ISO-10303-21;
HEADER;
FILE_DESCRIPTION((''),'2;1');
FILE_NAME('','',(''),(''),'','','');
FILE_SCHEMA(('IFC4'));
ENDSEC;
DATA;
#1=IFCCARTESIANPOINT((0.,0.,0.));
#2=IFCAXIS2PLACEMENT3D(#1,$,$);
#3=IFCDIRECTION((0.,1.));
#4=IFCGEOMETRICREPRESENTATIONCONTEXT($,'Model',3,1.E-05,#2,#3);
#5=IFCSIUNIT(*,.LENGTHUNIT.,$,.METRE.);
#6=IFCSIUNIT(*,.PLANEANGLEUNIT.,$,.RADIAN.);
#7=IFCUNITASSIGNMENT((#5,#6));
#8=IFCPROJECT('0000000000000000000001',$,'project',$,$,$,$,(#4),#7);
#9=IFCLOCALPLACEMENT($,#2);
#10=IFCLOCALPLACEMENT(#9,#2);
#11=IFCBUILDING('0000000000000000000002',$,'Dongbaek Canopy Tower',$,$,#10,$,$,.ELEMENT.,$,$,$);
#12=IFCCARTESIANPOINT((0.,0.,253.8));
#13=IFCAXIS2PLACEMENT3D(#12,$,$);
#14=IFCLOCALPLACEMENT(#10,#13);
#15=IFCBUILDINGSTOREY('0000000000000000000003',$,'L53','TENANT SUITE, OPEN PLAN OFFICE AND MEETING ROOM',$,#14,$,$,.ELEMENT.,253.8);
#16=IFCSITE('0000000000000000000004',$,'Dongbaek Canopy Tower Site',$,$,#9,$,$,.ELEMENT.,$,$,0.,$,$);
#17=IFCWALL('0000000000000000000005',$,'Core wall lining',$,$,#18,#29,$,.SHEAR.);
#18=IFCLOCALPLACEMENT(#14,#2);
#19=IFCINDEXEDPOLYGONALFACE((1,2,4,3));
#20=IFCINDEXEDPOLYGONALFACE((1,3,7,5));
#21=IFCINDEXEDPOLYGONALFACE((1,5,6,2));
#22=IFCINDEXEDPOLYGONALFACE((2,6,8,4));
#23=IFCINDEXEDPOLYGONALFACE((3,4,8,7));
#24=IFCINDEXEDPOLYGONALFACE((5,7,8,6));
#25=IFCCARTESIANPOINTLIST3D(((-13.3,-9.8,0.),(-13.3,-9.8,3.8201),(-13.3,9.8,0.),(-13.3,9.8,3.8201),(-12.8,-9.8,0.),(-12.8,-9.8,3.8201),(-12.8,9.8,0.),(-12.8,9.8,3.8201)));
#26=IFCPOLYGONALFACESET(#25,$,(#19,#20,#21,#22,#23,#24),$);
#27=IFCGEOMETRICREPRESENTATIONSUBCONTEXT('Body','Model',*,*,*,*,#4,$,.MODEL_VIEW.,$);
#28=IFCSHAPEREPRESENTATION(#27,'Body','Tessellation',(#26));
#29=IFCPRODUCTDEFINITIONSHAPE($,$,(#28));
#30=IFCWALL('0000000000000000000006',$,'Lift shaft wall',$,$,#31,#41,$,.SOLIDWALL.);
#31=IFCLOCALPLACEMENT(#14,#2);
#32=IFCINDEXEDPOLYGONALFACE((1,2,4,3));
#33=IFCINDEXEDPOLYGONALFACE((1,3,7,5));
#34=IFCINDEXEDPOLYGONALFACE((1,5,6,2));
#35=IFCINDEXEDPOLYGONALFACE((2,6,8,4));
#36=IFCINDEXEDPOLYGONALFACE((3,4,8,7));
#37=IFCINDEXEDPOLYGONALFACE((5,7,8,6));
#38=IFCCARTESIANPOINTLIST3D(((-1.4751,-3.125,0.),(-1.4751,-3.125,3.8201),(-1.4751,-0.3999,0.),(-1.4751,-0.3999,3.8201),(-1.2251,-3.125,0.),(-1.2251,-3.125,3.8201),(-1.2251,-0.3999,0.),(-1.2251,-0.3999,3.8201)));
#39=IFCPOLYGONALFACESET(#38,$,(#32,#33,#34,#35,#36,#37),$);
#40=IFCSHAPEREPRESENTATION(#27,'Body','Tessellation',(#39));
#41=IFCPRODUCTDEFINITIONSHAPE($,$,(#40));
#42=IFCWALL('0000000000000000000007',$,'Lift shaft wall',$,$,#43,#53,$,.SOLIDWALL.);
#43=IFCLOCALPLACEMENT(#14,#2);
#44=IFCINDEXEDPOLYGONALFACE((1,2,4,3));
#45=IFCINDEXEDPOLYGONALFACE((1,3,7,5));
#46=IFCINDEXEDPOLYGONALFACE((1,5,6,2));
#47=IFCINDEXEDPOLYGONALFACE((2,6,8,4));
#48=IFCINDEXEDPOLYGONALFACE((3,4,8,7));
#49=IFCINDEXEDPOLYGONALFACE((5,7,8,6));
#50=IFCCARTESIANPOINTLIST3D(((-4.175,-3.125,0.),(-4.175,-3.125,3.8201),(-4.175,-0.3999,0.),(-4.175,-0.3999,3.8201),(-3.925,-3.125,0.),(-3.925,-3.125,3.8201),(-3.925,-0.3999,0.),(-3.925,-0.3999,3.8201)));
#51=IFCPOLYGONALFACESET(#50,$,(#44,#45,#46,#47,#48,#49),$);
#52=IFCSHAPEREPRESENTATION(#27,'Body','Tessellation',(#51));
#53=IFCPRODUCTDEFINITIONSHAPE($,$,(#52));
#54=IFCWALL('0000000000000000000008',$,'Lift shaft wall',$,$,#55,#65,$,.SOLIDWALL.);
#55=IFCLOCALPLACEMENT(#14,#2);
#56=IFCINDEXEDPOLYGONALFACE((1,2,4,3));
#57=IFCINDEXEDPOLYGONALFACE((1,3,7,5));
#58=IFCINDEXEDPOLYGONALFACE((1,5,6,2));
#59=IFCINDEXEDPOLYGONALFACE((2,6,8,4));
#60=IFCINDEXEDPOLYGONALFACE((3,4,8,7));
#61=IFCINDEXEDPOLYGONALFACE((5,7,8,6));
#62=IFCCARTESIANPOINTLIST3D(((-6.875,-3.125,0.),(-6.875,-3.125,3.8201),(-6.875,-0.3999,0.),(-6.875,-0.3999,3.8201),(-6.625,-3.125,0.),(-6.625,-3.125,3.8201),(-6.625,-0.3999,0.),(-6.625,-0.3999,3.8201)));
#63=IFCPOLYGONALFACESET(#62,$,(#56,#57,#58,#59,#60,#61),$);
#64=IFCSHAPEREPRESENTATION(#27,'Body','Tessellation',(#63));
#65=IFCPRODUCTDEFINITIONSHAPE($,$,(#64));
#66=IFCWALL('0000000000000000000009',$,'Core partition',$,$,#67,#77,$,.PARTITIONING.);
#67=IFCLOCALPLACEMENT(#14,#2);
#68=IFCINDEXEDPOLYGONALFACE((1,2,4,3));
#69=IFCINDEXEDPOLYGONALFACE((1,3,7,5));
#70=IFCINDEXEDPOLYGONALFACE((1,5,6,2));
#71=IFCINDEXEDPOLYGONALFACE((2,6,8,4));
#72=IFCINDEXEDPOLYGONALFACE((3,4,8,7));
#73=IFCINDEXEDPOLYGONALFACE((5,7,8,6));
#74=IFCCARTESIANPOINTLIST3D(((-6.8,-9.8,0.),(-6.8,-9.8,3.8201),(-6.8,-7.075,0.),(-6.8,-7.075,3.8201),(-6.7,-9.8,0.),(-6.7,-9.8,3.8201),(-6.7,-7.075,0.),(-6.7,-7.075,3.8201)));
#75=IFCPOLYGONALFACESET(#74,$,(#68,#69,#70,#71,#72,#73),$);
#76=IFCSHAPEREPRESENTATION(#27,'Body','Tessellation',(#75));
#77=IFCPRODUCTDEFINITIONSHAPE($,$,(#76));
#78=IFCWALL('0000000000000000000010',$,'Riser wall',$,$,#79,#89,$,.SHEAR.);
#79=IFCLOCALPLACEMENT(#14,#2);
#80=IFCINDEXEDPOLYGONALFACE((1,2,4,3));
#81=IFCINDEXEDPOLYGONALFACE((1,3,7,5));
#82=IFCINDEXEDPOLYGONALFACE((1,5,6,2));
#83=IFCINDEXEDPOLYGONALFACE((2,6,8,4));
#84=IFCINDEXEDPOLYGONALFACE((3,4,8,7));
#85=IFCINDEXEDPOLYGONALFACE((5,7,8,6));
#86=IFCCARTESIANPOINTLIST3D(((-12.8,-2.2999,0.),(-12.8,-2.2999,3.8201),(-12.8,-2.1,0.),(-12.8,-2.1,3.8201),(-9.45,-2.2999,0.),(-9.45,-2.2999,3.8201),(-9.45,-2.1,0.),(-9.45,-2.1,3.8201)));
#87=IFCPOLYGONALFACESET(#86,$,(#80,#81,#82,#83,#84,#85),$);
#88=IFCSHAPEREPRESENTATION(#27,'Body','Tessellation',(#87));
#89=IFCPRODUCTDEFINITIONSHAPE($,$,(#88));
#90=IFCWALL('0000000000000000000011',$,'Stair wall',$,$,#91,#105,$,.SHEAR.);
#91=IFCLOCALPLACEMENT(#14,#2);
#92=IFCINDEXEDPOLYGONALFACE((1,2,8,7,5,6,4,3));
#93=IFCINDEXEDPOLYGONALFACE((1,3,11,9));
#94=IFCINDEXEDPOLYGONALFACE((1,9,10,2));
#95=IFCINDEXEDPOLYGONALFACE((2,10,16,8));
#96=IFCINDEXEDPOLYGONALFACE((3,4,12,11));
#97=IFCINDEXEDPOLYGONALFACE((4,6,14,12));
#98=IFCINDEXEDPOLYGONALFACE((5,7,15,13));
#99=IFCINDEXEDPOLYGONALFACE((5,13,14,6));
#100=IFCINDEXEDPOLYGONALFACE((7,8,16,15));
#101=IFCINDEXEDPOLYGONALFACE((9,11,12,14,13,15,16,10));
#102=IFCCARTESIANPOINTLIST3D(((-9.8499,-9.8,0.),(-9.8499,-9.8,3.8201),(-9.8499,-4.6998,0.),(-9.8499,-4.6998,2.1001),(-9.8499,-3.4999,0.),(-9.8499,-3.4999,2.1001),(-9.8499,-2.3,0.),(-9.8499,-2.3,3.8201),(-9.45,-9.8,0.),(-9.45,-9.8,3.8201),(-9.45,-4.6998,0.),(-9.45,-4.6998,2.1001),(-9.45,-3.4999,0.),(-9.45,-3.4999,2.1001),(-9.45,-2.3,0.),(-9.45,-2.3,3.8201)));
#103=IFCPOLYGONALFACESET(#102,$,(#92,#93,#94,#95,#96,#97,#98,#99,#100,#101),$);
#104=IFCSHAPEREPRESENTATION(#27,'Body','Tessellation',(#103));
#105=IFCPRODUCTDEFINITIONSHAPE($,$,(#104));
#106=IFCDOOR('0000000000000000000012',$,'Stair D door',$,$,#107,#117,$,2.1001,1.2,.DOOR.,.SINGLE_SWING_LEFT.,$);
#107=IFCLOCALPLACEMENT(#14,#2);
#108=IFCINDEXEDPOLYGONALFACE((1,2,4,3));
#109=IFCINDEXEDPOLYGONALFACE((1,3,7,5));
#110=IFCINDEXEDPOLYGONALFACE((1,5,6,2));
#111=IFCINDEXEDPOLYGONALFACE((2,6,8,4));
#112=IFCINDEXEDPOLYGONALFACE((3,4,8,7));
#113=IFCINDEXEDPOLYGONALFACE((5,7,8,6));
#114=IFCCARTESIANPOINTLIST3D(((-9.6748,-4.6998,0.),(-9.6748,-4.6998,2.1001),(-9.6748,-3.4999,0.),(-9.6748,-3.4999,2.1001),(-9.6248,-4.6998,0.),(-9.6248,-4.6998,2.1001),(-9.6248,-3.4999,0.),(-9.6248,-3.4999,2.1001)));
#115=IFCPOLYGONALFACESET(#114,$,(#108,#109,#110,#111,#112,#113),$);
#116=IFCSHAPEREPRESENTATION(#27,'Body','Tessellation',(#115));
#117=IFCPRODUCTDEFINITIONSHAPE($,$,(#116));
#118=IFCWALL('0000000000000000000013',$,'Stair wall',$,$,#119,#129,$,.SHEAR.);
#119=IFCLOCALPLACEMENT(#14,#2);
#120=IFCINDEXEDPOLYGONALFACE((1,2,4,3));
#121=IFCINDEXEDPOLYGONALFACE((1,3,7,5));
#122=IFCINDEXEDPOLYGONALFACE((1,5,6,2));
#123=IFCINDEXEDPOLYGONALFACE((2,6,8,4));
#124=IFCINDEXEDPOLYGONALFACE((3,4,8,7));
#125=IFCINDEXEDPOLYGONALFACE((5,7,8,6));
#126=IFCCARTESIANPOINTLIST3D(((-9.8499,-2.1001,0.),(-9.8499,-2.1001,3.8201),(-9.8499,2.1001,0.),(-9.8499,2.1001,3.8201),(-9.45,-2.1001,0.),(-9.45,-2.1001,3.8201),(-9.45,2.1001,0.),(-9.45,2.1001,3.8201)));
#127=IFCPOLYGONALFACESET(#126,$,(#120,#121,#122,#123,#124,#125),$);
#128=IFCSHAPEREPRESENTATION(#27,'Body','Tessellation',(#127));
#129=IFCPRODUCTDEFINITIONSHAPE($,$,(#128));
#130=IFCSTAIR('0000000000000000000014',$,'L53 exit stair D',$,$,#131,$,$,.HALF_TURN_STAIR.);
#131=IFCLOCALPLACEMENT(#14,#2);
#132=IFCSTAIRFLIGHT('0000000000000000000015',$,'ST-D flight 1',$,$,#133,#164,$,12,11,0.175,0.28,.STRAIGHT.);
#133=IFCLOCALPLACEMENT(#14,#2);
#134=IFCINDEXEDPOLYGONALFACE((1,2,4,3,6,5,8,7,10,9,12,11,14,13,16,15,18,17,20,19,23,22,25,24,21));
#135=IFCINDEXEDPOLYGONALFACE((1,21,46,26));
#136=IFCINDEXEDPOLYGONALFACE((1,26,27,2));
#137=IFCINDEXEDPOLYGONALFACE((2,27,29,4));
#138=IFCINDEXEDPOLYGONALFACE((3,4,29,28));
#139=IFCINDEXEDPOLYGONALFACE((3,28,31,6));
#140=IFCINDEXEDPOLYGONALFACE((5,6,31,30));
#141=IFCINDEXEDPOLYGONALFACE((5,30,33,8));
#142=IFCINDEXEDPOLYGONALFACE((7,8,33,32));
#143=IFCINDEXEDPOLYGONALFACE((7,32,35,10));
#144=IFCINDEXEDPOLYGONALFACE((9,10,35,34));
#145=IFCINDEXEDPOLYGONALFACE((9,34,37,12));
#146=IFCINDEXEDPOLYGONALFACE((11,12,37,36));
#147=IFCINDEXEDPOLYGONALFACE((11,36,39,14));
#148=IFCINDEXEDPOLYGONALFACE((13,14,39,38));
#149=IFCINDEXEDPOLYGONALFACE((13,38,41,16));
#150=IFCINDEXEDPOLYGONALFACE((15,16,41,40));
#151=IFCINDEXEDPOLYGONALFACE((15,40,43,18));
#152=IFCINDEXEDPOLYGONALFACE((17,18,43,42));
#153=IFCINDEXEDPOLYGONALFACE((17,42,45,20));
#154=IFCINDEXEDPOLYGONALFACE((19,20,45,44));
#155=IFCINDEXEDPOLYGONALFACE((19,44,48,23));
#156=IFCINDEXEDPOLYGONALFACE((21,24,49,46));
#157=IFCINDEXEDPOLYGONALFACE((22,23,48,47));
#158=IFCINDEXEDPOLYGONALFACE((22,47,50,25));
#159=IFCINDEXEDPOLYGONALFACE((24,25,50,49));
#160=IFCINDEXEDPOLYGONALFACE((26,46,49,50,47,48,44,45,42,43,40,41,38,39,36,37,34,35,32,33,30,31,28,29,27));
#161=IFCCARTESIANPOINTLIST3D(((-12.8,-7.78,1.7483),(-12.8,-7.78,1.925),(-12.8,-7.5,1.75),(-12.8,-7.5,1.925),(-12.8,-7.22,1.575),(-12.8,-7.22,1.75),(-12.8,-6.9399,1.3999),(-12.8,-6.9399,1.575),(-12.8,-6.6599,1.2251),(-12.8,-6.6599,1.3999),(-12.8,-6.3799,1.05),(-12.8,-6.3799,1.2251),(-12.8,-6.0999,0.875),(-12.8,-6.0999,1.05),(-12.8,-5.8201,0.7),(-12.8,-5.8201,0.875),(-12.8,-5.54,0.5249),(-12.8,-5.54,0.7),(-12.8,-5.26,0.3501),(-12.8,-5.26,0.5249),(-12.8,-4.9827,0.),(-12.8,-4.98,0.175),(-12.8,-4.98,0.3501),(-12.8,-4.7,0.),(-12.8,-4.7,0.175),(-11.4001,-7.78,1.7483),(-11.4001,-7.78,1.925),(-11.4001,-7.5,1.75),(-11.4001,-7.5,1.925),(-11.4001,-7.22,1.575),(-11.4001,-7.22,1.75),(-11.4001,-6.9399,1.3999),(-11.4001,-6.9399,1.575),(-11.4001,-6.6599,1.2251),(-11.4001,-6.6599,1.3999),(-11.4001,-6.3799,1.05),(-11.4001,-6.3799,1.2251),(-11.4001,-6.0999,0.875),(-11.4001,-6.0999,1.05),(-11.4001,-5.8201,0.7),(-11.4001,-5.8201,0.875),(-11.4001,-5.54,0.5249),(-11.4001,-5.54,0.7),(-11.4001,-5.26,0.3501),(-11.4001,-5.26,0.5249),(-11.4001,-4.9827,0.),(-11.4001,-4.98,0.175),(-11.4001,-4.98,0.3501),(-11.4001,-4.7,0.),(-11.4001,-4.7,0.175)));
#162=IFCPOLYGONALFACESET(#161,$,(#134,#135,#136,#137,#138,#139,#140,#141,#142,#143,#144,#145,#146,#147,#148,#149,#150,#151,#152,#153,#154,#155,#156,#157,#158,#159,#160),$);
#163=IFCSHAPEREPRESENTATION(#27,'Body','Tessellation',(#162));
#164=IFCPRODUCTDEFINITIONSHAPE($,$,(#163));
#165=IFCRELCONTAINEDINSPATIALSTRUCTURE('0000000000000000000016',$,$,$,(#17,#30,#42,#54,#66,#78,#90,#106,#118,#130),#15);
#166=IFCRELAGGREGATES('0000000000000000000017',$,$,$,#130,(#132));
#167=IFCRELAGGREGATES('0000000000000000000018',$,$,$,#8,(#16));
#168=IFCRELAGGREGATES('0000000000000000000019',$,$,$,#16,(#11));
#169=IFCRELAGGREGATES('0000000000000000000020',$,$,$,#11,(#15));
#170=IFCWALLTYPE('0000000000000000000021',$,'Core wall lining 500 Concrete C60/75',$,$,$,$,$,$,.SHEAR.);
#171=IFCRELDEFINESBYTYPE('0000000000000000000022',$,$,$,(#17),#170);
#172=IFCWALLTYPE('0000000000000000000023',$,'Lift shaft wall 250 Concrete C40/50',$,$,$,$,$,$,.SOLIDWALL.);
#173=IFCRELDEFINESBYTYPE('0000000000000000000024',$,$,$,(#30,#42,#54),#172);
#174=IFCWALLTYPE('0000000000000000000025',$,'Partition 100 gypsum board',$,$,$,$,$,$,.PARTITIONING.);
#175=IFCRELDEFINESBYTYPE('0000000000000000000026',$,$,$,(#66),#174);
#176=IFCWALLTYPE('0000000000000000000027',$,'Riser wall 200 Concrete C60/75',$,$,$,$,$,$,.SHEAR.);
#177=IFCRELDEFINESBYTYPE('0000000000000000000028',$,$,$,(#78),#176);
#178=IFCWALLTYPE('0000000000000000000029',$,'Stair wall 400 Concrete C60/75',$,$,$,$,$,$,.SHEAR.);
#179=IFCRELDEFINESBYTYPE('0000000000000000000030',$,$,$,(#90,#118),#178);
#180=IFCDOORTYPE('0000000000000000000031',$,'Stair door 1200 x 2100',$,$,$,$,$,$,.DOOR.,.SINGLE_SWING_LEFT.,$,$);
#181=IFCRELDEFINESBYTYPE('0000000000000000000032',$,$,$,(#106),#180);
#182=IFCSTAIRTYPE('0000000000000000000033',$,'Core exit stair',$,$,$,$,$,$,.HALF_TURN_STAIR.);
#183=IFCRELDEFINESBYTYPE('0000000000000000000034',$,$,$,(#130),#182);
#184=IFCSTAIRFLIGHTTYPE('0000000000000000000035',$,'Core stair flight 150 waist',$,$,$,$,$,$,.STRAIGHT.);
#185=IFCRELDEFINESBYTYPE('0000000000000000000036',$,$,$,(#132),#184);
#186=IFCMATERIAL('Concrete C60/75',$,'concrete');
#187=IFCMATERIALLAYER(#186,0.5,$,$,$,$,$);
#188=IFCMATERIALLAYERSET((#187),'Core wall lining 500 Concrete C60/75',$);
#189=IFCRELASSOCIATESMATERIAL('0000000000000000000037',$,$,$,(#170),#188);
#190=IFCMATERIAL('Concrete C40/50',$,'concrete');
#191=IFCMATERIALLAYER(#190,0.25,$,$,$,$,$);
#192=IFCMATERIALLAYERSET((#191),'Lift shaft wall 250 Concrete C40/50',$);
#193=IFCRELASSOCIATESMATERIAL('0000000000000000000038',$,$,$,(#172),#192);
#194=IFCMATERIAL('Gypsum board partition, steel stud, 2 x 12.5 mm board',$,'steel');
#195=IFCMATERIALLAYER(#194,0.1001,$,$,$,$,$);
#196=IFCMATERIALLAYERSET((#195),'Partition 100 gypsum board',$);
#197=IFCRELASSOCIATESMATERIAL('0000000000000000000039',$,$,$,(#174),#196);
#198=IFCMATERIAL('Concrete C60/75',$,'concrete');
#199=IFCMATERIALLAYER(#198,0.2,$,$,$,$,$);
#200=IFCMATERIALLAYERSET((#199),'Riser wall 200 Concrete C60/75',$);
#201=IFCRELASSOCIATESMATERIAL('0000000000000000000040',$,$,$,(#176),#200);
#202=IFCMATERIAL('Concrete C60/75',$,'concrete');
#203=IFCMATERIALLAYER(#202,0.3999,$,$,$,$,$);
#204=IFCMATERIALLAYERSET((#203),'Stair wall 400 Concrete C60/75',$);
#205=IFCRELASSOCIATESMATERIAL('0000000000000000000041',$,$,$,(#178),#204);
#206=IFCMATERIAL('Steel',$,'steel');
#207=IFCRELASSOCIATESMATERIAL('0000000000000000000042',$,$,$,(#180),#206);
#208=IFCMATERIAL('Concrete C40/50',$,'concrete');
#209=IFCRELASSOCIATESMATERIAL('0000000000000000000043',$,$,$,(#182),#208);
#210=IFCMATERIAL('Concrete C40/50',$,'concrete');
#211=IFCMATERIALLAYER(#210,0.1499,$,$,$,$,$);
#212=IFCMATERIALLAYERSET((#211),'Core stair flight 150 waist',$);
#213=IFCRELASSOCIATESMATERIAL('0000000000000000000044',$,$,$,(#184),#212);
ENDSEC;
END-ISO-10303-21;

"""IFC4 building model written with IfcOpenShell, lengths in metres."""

from ifc_helpers import new_model, si_unit, direction, frame, frame_2d, origin, place, context, subcontext, project, spatial, polyline, rectangle, outline, extrude, material, layer, layer_set, type_object, element, fill, aggregate, save


model = new_model("IFC4")

# Units and contexts
model_context = context("Model", 3, precision=1e-05, world=origin(), true_north=direction((0.0, 1.0)))
body_context = subcontext(model_context, "Body", "Model", "MODEL_VIEW")
ifc_project = project(units=[si_unit("LENGTHUNIT", "METRE"), si_unit("PLANEANGLEUNIT", "RADIAN")], contexts=[model_context])

# Site, building, storey
site_placement = place(None, origin())
site = spatial("IfcSite", under=ifc_project, at=site_placement, Name="Dongbaek Canopy Tower Site", CompositionType="ELEMENT", RefElevation=0.0)
building_placement = place(site_placement, origin())
building = spatial("IfcBuilding", under=site, at=building_placement, Name="Dongbaek Canopy Tower", CompositionType="ELEMENT")
storey_placement = place(building_placement, frame((0.0, 0.0, 253.8)))
storey = spatial("IfcBuildingStorey", under=building, at=storey_placement, Name="L53", Description="TENANT SUITE, OPEN PLAN OFFICE AND MEETING ROOM", CompositionType="ELEMENT", Elevation=253.8)

# Walls
ifc_material_1 = material(Name="Concrete C60/75", Category="concrete")
ifc_layer_1 = layer(ifc_material_1, 0.5)
ifc_layer_set_1 = layer_set([ifc_layer_1], Name="Core wall lining 500 Concrete C60/75")
wall_type_1 = type_object("IfcWallType", Name="Core wall lining 500 Concrete C60/75", PredefinedType="SHEAR", material=ifc_layer_set_1)
wall_1_placement = place(storey_placement, frame((-13.05, -9.8, 0.0), z_axis=(0.0, 0.0, 1.0), x_axis=(0.0, 1.0, 0.0)))
element("IfcWall", 1, at=wall_1_placement, inside=storey, type_object=wall_type_1, Name="Core wall lining", PredefinedType="SHEAR", context=body_context, shape_type="SweptSolid", body=[
    extrude(rectangle(XDim=19.6001, YDim=0.5, at=frame_2d((9.8, 0.0))), origin(), (0.0, 0.0, 1.0), 3.8201),
])
ifc_material_2 = material(Name="Concrete C40/50", Category="concrete")
ifc_layer_2 = layer(ifc_material_2, 0.25)
ifc_layer_set_2 = layer_set([ifc_layer_2], Name="Lift shaft wall 250 Concrete C40/50")
wall_type_2 = type_object("IfcWallType", Name="Lift shaft wall 250 Concrete C40/50", PredefinedType="SOLIDWALL", material=ifc_layer_set_2)
for number, where, z_axis, x_axis, name in (
    (2, (-1.3501, -3.125, 0.0), (0.0, 0.0, 1.0), (0.0, 1.0, 0.0), "Lift shaft wall"),
    (3, (-4.05, -3.125, 0.0), (0.0, 0.0, 1.0), (0.0, 1.0, 0.0), "Lift shaft wall"),
    (4, (-6.75, -3.125, 0.0), (0.0, 0.0, 1.0), (0.0, 1.0, 0.0), "Lift shaft wall"),
):
    element("IfcWall", number, at=place(storey_placement, frame(where, z_axis=z_axis, x_axis=x_axis)), inside=storey, type_object=wall_type_2, Name=name, PredefinedType="SOLIDWALL", context=body_context, shape_type="SweptSolid", body=[
        extrude(rectangle(XDim=2.7251, YDim=0.25, at=frame_2d((1.3625, 0.0))), origin(), (0.0, 0.0, 1.0), 3.8201),
    ])
ifc_material_3 = material(Name="Gypsum board partition, steel stud, 2 x 12.5 mm board", Category="steel")
ifc_layer_3 = layer(ifc_material_3, 0.1001)
ifc_layer_set_3 = layer_set([ifc_layer_3], Name="Partition 100 gypsum board")
wall_type_3 = type_object("IfcWallType", Name="Partition 100 gypsum board", PredefinedType="PARTITIONING", material=ifc_layer_set_3)
wall_2_placement = place(storey_placement, frame((-6.75, -9.8, 0.0), z_axis=(0.0, 0.0, 1.0), x_axis=(0.0, 1.0, 0.0)))
element("IfcWall", 5, at=wall_2_placement, inside=storey, type_object=wall_type_3, Name="Core partition", PredefinedType="PARTITIONING", context=body_context, shape_type="SweptSolid", body=[
    extrude(rectangle(XDim=2.7251, YDim=0.1001, at=frame_2d((1.3625, 0.0))), origin(), (0.0, 0.0, 1.0), 3.8201),
])
ifc_material_4 = material(Name="Concrete C60/75", Category="concrete")
ifc_layer_4 = layer(ifc_material_4, 0.2)
ifc_layer_set_4 = layer_set([ifc_layer_4], Name="Riser wall 200 Concrete C60/75")
wall_type_4 = type_object("IfcWallType", Name="Riser wall 200 Concrete C60/75", PredefinedType="SHEAR", material=ifc_layer_set_4)
wall_3_placement = place(storey_placement, frame((-9.45, -2.2, 0.0), z_axis=(0.0, 0.0, 1.0), x_axis=(-1.0, 0.0, 0.0)))
element("IfcWall", 6, at=wall_3_placement, inside=storey, type_object=wall_type_4, Name="Riser wall", PredefinedType="SHEAR", context=body_context, shape_type="SweptSolid", body=[
    extrude(rectangle(XDim=3.3501, YDim=0.2, at=frame_2d((1.675, 0.0))), origin(), (0.0, 0.0, 1.0), 3.8201),
])

# Wall, opening, door
ifc_material_5 = material(Name="Concrete C60/75", Category="concrete")
ifc_layer_5 = layer(ifc_material_5, 0.3999)
ifc_layer_set_5 = layer_set([ifc_layer_5], Name="Stair wall 400 Concrete C60/75")
wall_type_5 = type_object("IfcWallType", Name="Stair wall 400 Concrete C60/75", PredefinedType="SHEAR", material=ifc_layer_set_5)
wall_4_placement = place(storey_placement, frame((-9.6499, -9.8, 0.0), z_axis=(0.0, 0.0, 1.0), x_axis=(0.0, 1.0, 0.0)))
wall_4 = element("IfcWall", 7, at=wall_4_placement, inside=storey, type_object=wall_type_5, Name="Stair wall", PredefinedType="SHEAR", context=body_context, shape_type="SweptSolid", body=[
    extrude(rectangle(XDim=7.5, YDim=0.3999, at=frame_2d((3.75, 0.0))), origin(), (0.0, 0.0, 1.0), 3.8201),
])
opening_1_placement = place(wall_4_placement, frame((5.1001, 0.0, 0.0)))
opening_1 = element("IfcOpeningElement", 8, at=opening_1_placement, cuts=wall_4, PredefinedType="OPENING", context=body_context, shape_type="SweptSolid", body=[
    extrude(rectangle(XDim=1.2, YDim=2.1001, at=frame_2d((0.6001, 1.05))), frame((0.0, 0.21, 0.0), z_axis=(0.0, -1.0, 0.0), x_axis=(1.0, 0.0, 0.0)), (0.0, 0.0, 1.0), 0.4199),
])
ifc_material_6 = material(Name="Steel", Category="steel")
door_type_1 = type_object("IfcDoorType", Name="Stair door 1200 x 2100", OperationType="SINGLE_SWING_LEFT", PredefinedType="DOOR", material=ifc_material_6)
door_1_placement = place(opening_1_placement, origin())
door_1 = element("IfcDoor", 9, at=door_1_placement, inside=storey, type_object=door_type_1, Name="Stair D door", OperationType="SINGLE_SWING_LEFT", OverallHeight=2.1001, OverallWidth=1.2, PredefinedType="DOOR", context=body_context, shape_type="SweptSolid", body=[
    extrude(rectangle(XDim=1.2, YDim=2.1001, at=frame_2d((0.6001, 1.05))), frame((0.0, 0.0249, 0.0), z_axis=(0.0, -1.0, 0.0), x_axis=(1.0, 0.0, 0.0)), (0.0, 0.0, 1.0), 0.05),
])
fill(opening_1, door_1)

# Wall
wall_5_placement = place(storey_placement, frame((-9.6499, -2.1001, 0.0), z_axis=(0.0, 0.0, 1.0), x_axis=(0.0, 1.0, 0.0)))
element("IfcWall", 10, at=wall_5_placement, inside=storey, type_object=wall_type_5, Name="Stair wall", PredefinedType="SHEAR", context=body_context, shape_type="SweptSolid", body=[
    extrude(rectangle(XDim=4.2002, YDim=0.3999, at=frame_2d((2.1001, 0.0))), origin(), (0.0, 0.0, 1.0), 3.8201),
])

# Stair, stair flight
ifc_material_7 = material(Name="Concrete C40/50", Category="concrete")
stair_type = type_object("IfcStairType", Name="Core exit stair", PredefinedType="HALF_TURN_STAIR", material=ifc_material_7)
stair_placement = place(storey_placement, origin())
stair = element("IfcStair", 11, at=stair_placement, inside=storey, type_object=stair_type, Name="L53 exit stair D", PredefinedType="HALF_TURN_STAIR")
ifc_material_8 = material(Name="Concrete C40/50", Category="concrete")
ifc_layer_6 = layer(ifc_material_8, 0.1499)
ifc_layer_set_6 = layer_set([ifc_layer_6], Name="Core stair flight 150 waist")
stair_flight_type = type_object("IfcStairFlightType", Name="Core stair flight 150 waist", PredefinedType="STRAIGHT", material=ifc_layer_set_6)
stair_flight_1_placement = place(storey_placement, frame((-12.1001, -4.7, 0.0), z_axis=(0.0, 0.0, 1.0), x_axis=(0.0, -1.0, 0.0)))
stair_flight_1 = element("IfcStairFlight", 12, at=stair_flight_1_placement, type_object=stair_flight_type, Name="ST-D flight 1", NumberOfRisers=12, NumberOfTreads=11, PredefinedType="STRAIGHT", RiserHeight=0.175, TreadLength=0.28, context=body_context, shape_type="SweptSolid", body=[
    extrude(outline(polyline([(0.0, 0.0), (0.0, 0.175), (0.28, 0.175), (0.28, 0.3501), (0.5601, 0.3501), (0.5601, 0.5249), (0.8401, 0.5249), (0.8401, 0.7), (1.1201, 0.7), (1.1201, 0.875), (1.3999, 0.875), (1.3999, 1.05), (1.6799, 1.05), (1.6799, 1.2251), (1.96, 1.2251), (1.96, 1.3999), (2.24, 1.3999), (2.24, 1.575), (2.52, 1.575), (2.52, 1.75), (2.8, 1.75), (2.8, 1.925), (3.0801, 1.925), (3.0801, 2.1001), (3.0801, 1.7483), (0.2827, 0.0), (0.0, 0.0)])), frame((0.0, 0.7, 0.0), z_axis=(0.0, -1.0, 0.0), x_axis=(1.0, 0.0, 0.0)), (0.0, 0.0, 1.0), 1.3999),
])
aggregate(stair, [stair_flight_1])

save(model, "model.ifc")
